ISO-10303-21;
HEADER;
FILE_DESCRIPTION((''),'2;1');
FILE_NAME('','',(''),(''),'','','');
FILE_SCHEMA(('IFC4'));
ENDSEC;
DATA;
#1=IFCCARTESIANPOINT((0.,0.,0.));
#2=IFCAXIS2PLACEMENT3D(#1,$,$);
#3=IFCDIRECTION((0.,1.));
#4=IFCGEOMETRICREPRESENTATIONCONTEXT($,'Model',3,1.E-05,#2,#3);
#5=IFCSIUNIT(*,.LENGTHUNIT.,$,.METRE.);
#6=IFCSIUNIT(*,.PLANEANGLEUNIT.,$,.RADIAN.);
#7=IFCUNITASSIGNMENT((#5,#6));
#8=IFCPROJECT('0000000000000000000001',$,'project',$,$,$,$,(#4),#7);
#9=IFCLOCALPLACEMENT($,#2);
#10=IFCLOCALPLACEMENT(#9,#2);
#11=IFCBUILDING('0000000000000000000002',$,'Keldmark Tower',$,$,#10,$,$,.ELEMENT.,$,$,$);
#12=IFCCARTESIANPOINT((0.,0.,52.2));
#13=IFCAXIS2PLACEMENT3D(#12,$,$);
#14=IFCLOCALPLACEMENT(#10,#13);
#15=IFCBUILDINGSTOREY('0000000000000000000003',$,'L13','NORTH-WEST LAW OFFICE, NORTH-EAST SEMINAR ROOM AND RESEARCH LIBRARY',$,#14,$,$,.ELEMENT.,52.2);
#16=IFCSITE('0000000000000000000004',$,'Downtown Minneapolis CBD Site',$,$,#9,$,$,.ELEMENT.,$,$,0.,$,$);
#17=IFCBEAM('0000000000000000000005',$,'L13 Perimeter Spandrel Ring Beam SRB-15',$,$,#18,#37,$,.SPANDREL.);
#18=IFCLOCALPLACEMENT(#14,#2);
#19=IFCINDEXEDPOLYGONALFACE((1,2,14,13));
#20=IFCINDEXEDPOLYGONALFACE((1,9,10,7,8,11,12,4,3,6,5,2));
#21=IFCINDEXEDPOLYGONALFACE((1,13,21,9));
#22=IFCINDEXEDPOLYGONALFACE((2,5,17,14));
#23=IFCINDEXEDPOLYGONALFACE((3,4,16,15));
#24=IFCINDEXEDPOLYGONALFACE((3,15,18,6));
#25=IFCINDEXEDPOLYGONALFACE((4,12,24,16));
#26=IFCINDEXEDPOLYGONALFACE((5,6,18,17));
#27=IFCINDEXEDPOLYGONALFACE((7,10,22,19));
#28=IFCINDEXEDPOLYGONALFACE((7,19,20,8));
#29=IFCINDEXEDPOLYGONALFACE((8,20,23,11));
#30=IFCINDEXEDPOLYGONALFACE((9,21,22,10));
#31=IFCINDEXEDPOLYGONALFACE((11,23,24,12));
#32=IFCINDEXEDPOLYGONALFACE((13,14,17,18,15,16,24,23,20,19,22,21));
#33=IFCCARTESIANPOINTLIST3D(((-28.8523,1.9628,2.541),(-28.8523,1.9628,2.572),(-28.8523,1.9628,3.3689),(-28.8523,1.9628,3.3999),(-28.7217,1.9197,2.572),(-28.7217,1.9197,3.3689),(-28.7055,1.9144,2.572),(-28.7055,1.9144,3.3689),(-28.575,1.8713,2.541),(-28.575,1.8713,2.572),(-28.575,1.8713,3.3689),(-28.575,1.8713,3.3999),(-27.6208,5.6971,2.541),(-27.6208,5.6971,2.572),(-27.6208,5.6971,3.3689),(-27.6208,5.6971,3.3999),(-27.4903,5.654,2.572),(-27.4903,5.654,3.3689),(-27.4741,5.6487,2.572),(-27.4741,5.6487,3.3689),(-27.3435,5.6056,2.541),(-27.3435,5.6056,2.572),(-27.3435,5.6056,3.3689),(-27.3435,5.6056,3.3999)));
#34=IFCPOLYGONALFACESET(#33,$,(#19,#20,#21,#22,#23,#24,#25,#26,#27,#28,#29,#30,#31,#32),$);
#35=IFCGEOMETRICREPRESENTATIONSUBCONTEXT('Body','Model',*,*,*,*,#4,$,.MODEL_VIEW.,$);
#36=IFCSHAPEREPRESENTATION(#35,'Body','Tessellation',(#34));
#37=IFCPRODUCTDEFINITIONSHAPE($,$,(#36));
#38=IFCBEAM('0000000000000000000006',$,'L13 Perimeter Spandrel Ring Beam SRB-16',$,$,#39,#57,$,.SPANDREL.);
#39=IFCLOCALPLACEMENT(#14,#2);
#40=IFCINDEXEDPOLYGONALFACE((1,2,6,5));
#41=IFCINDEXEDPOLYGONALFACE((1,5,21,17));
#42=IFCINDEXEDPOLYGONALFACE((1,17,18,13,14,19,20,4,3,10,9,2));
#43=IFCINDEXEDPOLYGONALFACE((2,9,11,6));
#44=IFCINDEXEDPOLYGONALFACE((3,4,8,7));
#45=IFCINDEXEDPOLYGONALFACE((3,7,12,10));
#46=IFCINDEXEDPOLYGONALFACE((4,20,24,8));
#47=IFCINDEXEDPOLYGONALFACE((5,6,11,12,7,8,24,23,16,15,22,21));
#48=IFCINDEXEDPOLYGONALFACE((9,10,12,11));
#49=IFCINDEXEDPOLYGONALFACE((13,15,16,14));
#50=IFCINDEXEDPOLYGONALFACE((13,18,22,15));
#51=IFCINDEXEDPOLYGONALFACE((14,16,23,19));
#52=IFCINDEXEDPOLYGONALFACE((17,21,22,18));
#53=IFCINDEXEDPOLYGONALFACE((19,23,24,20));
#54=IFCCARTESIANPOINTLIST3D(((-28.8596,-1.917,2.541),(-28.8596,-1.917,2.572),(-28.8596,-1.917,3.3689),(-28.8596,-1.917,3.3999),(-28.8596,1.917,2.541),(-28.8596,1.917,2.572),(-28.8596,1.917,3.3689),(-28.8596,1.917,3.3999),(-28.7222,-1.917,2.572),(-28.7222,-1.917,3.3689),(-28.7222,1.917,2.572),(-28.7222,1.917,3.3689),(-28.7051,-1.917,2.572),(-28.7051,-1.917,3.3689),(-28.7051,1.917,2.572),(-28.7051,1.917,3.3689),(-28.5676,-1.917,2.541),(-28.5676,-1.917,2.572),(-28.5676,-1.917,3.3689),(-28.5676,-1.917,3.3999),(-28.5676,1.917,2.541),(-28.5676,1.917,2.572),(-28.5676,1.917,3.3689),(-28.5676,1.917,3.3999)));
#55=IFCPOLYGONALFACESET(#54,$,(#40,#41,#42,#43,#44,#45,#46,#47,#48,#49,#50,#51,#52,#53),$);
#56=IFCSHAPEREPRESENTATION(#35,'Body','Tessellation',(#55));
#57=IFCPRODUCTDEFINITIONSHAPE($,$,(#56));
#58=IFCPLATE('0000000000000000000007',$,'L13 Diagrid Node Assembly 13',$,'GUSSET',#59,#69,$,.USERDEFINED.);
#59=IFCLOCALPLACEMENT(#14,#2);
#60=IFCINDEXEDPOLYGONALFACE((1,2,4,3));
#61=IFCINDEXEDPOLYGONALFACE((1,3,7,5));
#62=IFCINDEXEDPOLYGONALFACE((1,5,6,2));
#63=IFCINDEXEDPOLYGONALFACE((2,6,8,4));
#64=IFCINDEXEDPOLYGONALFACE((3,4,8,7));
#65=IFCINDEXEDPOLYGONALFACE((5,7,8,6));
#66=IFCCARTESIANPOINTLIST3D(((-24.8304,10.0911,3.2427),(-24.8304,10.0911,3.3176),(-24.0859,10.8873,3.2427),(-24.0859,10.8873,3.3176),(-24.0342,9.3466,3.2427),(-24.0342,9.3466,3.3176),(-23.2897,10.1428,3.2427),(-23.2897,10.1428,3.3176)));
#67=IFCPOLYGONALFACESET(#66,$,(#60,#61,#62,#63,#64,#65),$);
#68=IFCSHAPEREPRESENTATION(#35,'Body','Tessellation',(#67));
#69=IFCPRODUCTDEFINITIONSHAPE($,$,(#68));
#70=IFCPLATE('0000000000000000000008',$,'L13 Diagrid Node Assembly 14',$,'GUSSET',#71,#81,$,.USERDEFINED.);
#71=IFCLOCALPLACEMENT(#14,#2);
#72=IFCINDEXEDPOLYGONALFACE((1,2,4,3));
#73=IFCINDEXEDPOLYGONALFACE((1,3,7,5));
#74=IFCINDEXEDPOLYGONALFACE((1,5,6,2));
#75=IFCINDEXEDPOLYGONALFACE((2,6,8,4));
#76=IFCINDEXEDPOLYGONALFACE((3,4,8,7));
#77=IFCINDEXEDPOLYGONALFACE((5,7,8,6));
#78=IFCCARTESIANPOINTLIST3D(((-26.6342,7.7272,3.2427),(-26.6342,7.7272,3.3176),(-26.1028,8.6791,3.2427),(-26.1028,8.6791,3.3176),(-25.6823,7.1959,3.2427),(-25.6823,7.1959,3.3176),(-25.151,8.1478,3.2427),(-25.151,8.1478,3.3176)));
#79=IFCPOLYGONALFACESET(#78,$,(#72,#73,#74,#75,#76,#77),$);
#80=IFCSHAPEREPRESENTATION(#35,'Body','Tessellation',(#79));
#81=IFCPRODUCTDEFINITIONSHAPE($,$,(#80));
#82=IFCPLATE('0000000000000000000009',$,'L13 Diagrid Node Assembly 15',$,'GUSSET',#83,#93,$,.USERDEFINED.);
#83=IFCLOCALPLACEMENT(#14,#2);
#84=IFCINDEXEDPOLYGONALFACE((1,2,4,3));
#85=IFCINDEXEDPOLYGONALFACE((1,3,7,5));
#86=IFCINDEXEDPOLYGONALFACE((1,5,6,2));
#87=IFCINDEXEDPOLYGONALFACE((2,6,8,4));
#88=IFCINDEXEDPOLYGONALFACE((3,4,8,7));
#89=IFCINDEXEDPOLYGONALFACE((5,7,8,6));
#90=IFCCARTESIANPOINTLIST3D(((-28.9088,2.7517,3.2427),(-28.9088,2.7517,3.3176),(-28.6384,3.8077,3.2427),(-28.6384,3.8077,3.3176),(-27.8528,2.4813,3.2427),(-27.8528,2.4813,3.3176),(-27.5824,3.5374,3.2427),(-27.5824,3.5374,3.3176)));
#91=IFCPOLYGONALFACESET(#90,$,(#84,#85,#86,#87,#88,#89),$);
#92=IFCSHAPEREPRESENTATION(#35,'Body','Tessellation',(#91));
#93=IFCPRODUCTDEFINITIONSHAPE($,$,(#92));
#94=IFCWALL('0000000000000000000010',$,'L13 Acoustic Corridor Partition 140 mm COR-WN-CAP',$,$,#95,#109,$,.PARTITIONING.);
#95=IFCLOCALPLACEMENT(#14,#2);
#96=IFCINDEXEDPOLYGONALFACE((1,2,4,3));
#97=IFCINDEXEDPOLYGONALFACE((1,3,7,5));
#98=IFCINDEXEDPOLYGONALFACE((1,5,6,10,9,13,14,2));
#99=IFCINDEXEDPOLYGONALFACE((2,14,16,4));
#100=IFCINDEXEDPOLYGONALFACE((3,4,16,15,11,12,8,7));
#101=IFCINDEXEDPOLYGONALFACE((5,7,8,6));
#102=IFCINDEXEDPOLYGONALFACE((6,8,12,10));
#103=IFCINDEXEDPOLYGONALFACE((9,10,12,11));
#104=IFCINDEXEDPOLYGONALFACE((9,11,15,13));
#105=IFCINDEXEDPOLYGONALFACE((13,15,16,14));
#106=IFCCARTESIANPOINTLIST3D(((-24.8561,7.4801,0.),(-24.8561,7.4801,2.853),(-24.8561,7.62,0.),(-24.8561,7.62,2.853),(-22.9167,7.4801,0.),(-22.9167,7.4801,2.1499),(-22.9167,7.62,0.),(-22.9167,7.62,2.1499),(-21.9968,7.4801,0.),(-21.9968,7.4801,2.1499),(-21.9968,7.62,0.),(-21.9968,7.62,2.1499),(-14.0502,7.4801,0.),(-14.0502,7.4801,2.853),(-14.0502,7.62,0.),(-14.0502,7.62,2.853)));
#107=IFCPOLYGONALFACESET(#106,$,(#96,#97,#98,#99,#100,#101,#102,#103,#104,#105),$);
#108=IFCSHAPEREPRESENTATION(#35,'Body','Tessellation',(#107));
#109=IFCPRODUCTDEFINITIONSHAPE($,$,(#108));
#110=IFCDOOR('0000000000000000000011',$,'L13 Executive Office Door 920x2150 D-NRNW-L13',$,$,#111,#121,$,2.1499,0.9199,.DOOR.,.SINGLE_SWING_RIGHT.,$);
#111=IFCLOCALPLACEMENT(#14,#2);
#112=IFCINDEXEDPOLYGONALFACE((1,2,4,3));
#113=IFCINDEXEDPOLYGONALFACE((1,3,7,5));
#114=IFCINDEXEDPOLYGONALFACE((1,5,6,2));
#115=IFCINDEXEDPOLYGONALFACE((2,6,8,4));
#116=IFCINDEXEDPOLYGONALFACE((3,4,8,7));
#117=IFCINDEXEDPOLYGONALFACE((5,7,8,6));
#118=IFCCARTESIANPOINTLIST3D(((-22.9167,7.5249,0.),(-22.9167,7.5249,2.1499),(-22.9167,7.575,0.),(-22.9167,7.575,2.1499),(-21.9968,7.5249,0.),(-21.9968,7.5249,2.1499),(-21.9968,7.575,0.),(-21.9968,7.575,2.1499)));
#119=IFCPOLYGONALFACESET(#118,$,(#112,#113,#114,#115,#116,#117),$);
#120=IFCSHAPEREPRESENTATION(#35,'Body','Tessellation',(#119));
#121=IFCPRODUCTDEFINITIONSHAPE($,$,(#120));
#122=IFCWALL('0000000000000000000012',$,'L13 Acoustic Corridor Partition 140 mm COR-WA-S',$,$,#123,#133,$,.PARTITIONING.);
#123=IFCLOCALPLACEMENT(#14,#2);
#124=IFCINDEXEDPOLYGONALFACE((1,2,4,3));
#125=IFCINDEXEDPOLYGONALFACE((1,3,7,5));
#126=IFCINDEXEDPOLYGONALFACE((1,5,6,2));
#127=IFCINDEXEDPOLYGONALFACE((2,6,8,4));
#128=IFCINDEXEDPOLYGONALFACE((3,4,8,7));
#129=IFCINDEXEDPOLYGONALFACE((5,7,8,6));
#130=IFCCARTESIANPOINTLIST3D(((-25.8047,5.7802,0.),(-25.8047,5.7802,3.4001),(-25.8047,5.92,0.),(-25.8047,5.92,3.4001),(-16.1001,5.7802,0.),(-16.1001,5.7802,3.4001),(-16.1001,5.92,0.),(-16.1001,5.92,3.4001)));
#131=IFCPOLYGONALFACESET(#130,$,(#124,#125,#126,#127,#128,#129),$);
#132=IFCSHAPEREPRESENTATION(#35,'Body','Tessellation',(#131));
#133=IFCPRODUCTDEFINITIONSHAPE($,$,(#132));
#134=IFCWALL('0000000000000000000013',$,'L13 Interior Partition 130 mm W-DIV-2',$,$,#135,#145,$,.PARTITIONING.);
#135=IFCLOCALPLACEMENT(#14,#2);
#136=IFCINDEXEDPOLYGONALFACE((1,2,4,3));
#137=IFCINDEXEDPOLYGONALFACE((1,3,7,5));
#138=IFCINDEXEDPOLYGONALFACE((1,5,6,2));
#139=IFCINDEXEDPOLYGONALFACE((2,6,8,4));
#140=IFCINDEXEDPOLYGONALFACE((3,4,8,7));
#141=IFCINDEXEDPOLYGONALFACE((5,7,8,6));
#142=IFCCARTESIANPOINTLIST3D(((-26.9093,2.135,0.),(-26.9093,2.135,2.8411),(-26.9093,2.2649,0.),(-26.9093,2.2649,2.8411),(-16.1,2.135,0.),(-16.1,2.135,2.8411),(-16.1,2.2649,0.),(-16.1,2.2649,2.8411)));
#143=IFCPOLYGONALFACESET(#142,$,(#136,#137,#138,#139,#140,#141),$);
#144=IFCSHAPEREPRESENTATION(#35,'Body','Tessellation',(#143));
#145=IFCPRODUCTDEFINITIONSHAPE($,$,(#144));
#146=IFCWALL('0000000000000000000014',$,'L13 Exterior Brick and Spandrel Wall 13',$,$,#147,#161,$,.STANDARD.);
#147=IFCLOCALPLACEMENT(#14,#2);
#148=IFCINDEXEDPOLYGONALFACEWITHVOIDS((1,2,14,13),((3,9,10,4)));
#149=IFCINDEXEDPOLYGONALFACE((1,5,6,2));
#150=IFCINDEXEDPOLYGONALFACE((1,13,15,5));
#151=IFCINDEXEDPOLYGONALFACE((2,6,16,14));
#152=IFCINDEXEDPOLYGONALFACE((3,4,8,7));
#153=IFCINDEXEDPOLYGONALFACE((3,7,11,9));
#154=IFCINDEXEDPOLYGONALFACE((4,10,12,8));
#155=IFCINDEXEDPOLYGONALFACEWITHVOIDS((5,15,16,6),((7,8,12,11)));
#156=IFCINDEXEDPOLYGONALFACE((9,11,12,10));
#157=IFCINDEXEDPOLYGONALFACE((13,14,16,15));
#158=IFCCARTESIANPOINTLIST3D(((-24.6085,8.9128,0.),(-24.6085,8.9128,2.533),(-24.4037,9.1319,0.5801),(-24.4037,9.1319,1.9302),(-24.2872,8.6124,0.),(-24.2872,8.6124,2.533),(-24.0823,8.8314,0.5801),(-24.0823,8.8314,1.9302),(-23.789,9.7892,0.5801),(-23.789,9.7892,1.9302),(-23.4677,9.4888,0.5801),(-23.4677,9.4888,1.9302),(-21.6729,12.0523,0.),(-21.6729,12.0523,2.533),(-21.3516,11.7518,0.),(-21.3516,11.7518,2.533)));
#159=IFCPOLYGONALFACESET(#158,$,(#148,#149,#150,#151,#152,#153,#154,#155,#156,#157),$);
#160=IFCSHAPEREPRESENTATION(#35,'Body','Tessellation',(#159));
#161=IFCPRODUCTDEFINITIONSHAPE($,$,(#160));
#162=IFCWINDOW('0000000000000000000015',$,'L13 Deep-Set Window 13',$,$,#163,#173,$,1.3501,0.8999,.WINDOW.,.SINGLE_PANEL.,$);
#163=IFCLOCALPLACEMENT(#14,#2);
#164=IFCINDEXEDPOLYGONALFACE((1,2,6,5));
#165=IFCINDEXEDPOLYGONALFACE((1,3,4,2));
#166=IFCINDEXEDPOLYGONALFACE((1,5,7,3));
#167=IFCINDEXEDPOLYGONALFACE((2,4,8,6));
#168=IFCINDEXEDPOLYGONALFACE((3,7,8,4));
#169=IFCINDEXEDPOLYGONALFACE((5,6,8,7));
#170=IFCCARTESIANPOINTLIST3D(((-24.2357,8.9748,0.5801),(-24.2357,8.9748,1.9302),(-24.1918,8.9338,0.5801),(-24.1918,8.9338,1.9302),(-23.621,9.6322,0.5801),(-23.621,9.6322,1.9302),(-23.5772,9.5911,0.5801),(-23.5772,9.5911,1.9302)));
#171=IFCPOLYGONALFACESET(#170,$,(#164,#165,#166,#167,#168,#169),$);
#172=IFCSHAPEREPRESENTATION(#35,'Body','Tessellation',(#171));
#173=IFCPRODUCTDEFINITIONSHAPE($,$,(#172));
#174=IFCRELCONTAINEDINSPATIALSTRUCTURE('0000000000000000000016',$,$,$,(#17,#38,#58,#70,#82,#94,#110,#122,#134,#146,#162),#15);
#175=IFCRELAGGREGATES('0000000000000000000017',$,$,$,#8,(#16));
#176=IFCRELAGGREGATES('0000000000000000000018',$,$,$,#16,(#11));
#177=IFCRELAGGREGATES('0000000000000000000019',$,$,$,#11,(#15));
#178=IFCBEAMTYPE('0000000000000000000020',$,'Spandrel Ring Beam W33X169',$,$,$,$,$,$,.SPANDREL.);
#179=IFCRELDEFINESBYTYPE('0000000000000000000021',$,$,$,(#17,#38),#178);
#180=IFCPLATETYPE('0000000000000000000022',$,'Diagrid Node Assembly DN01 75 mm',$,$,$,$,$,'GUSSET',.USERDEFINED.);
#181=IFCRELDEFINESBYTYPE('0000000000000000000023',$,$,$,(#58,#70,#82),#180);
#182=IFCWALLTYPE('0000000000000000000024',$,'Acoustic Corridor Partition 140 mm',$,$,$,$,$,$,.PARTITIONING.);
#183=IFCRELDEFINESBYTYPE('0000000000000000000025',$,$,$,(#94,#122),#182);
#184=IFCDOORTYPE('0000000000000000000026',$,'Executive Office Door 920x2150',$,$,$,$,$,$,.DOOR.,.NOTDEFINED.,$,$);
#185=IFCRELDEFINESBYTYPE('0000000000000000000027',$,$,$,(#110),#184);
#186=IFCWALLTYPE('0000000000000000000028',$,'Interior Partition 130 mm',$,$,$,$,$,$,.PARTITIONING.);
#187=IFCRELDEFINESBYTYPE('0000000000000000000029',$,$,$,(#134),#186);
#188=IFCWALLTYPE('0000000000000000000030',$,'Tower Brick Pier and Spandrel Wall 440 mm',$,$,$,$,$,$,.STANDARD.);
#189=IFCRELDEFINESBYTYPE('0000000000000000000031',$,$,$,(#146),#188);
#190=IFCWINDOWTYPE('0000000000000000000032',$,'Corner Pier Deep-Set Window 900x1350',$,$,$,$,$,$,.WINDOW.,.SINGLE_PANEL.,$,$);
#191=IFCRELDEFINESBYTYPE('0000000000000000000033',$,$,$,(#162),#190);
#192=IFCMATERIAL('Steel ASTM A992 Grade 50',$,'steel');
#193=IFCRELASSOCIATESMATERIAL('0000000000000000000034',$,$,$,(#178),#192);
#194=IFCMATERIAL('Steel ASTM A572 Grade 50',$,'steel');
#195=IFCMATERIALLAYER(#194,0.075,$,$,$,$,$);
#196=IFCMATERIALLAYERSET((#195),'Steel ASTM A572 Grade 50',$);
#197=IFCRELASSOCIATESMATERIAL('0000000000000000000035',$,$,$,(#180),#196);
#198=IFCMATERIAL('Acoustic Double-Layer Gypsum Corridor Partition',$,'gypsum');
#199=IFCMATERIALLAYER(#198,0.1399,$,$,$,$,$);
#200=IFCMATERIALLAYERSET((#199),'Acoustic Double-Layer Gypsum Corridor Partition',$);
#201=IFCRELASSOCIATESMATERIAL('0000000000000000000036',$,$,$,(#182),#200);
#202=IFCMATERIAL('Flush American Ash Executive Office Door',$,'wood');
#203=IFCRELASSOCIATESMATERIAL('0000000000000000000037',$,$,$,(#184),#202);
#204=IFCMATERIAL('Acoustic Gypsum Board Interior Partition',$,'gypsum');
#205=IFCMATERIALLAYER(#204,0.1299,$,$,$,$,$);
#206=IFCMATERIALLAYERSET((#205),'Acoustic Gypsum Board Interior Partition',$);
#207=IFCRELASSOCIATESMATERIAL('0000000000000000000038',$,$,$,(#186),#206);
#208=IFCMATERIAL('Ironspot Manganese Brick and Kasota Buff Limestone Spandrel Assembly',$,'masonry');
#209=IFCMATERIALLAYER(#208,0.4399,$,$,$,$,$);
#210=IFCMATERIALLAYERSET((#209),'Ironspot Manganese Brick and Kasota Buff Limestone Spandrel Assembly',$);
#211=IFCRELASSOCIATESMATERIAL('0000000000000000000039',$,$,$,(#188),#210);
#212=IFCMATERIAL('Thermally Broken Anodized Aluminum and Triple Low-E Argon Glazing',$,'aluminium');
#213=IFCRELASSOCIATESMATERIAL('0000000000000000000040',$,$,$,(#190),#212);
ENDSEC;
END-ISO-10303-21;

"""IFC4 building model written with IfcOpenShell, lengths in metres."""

from ifc_helpers import new_model, si_unit, direction, frame, frame_2d, origin, origin_2d, place, context, subcontext, project, spatial, rectangle, i_section, extrude, material, layer, layer_set, material_profile, profile_set, type_object, element, fill, save


model = new_model("IFC4")

# Units and contexts
model_context = context("Model", 3, precision=1e-05, world=origin(), true_north=direction((0.0, 1.0)))
body_context = subcontext(model_context, "Body", "Model", "MODEL_VIEW")
ifc_project = project(units=[si_unit("LENGTHUNIT", "METRE"), si_unit("PLANEANGLEUNIT", "RADIAN")], contexts=[model_context])

# Site, building, storey
site_placement = place(None, origin())
site = spatial("IfcSite", under=ifc_project, at=site_placement, Name="Downtown Minneapolis CBD Site", CompositionType="ELEMENT", RefElevation=0.0)
building_placement = place(site_placement, origin())
building = spatial("IfcBuilding", under=site, at=building_placement, Name="Keldmark Tower", CompositionType="ELEMENT")
storey_placement = place(building_placement, frame((0.0, 0.0, 52.2)))
storey = spatial("IfcBuildingStorey", under=building, at=storey_placement, Name="L13", Description="NORTH-WEST LAW OFFICE, NORTH-EAST SEMINAR ROOM AND RESEARCH LIBRARY", CompositionType="ELEMENT", Elevation=52.2)

# Beams
ifc_material_1 = material(Name="Steel ASTM A992 Grade 50", Category="steel")
ifc_material_profile_1 = material_profile(ifc_material_1, i_section(OverallWidth=0.292, OverallDepth=0.8589, WebThickness=0.0171, FlangeThickness=0.031, at=origin_2d()), Name="W33X169")
ifc_profile_set_1 = profile_set([ifc_material_profile_1], Name="Steel ASTM A992 Grade 50")
beam_type_1 = type_object("IfcBeamType", Name="Spandrel Ring Beam W33X169", PredefinedType="SPANDREL", material=ifc_profile_set_1)
beam_1_placement = place(storey_placement, frame((-27.4822, 5.6514, 2.9705), z_axis=(-0.313171, -0.949697, 0.0), x_axis=(0.949697, -0.313171, 0.0)))
element("IfcBeam", 1, at=beam_1_placement, inside=storey, type_object=beam_type_1, Name="L13 Perimeter Spandrel Ring Beam SRB-15", PredefinedType="SPANDREL", context=body_context, shape_type="SweptSolid", body=[
    extrude(i_section(OverallWidth=0.292, OverallDepth=0.8589, WebThickness=0.0171, FlangeThickness=0.031, at=origin_2d()), origin(), (0.0, 0.0, 1.0), 3.9321),
])
beam_2_placement = place(storey_placement, frame((-28.7136, 1.917, 2.9705), z_axis=(0.0, -1.0, 0.0), x_axis=(1.0, 0.0, 0.0)))
element("IfcBeam", 2, at=beam_2_placement, inside=storey, type_object=beam_type_1, Name="L13 Perimeter Spandrel Ring Beam SRB-16", PredefinedType="SPANDREL", context=body_context, shape_type="SweptSolid", body=[
    extrude(i_section(OverallWidth=0.292, OverallDepth=0.8589, WebThickness=0.0171, FlangeThickness=0.031, at=origin_2d()), origin(), (0.0, 0.0, 1.0), 3.834),
])

# Plates
ifc_material_2 = material(Name="Steel ASTM A572 Grade 50", Category="steel")
ifc_layer_1 = layer(ifc_material_2, 0.075)
ifc_layer_set_1 = layer_set([ifc_layer_1], Name="Steel ASTM A572 Grade 50")
plate_type = type_object("IfcPlateType", Name="Diagrid Node Assembly DN01 75 mm", ElementType="GUSSET", PredefinedType="USERDEFINED", material=ifc_layer_set_1)
for number, where, z_axis, x_axis, name in (
    (3, (-24.0601, 10.1169, 3.2427), (0.0, 0.0, 1.0), (-0.683019, -0.730401, 0.0), "L13 Diagrid Node Assembly 13"),
    (4, (-25.8926, 7.9375, 3.2427), (0.0, 0.0, 1.0), (-0.487403, -0.873177, 0.0), "L13 Diagrid Node Assembly 14"),
    (5, (-28.2456, 3.1445, 3.2427), (0.0, 0.0, 1.0), (-0.248014, -0.968757, 0.0), "L13 Diagrid Node Assembly 15"),
):
    element("IfcPlate", number, at=place(storey_placement, frame(where, z_axis=z_axis, x_axis=x_axis)), inside=storey, type_object=plate_type, Name=name, ObjectType="GUSSET", PredefinedType="USERDEFINED", context=body_context, shape_type="SweptSolid", body=[
        extrude(rectangle(XDim=1.0901, YDim=1.0901, at=origin_2d()), origin(), (0.0, 0.0, 1.0), 0.075),
    ])

# Wall, opening, door
ifc_material_3 = material(Name="Acoustic Double-Layer Gypsum Corridor Partition", Category="gypsum")
ifc_layer_2 = layer(ifc_material_3, 0.1399)
ifc_layer_set_2 = layer_set([ifc_layer_2], Name="Acoustic Double-Layer Gypsum Corridor Partition")
wall_type_1 = type_object("IfcWallType", Name="Acoustic Corridor Partition 140 mm", PredefinedType="PARTITIONING", material=ifc_layer_set_2)
wall_1_placement = place(storey_placement, frame((-24.856, 7.55, 0.0), z_axis=(0.0, 0.0, 1.0), x_axis=(1.0, 0.0, 0.0)))
wall_1 = element("IfcWall", 6, at=wall_1_placement, inside=storey, type_object=wall_type_1, Name="L13 Acoustic Corridor Partition 140 mm COR-WN-CAP", PredefinedType="PARTITIONING", context=body_context, shape_type="SweptSolid", body=[
    extrude(rectangle(XDim=10.8059, YDim=0.1399, at=frame_2d((5.4028, 0.0))), origin(), (0.0, 0.0, 1.0), 2.853),
])
opening_1_placement = place(wall_1_placement, frame((1.9392, 0.0, 0.0)))
opening_1 = element("IfcOpeningElement", 7, at=opening_1_placement, cuts=wall_1, PredefinedType="OPENING", context=body_context, shape_type="SweptSolid", body=[
    extrude(rectangle(XDim=0.9199, YDim=2.1499, at=frame_2d((0.46, 1.075))), frame((0.0, 0.0798, 0.0), z_axis=(0.0, -1.0, 0.0), x_axis=(1.0, 0.0, 0.0)), (0.0, 0.0, 1.0), 0.1599),
])
ifc_material_4 = material(Name="Flush American Ash Executive Office Door", Category="wood")
door_type = type_object("IfcDoorType", Name="Executive Office Door 920x2150", OperationType="NOTDEFINED", PredefinedType="DOOR", material=ifc_material_4)
door_placement = place(opening_1_placement, origin())
door = element("IfcDoor", 8, at=door_placement, inside=storey, type_object=door_type, Name="L13 Executive Office Door 920x2150 D-NRNW-L13", OperationType="SINGLE_SWING_RIGHT", OverallHeight=2.1499, OverallWidth=0.9199, PredefinedType="DOOR", context=body_context, shape_type="SweptSolid", body=[
    extrude(rectangle(XDim=0.9199, YDim=2.1499, at=frame_2d((0.46, 1.075))), frame((0.0, 0.0249, 0.0), z_axis=(0.0, -1.0, 0.0), x_axis=(1.0, 0.0, 0.0)), (0.0, 0.0, 1.0), 0.05),
])
fill(opening_1, door)

# Walls
wall_2_placement = place(storey_placement, frame((-25.8047, 5.8501, 0.0), z_axis=(0.0, 0.0, 1.0), x_axis=(1.0, 0.0, 0.0)))
element("IfcWall", 9, at=wall_2_placement, inside=storey, type_object=wall_type_1, Name="L13 Acoustic Corridor Partition 140 mm COR-WA-S", PredefinedType="PARTITIONING", context=body_context, shape_type="SweptSolid", body=[
    extrude(rectangle(XDim=9.7046, YDim=0.1399, at=frame_2d((4.8523, 0.0))), origin(), (0.0, 0.0, 1.0), 3.4001),
])
ifc_material_5 = material(Name="Acoustic Gypsum Board Interior Partition", Category="gypsum")
ifc_layer_3 = layer(ifc_material_5, 0.1299)
ifc_layer_set_3 = layer_set([ifc_layer_3], Name="Acoustic Gypsum Board Interior Partition")
wall_type_2 = type_object("IfcWallType", Name="Interior Partition 130 mm", PredefinedType="PARTITIONING", material=ifc_layer_set_3)
wall_3_placement = place(storey_placement, frame((-26.9094, 2.2, 0.0), z_axis=(0.0, 0.0, 1.0), x_axis=(1.0, 0.0, 0.0)))
element("IfcWall", 10, at=wall_3_placement, inside=storey, type_object=wall_type_2, Name="L13 Interior Partition 130 mm W-DIV-2", PredefinedType="PARTITIONING", context=body_context, shape_type="SweptSolid", body=[
    extrude(rectangle(XDim=10.8093, YDim=0.1299, at=frame_2d((5.4048, 0.0))), origin(), (0.0, 0.0, 1.0), 2.8411),
])

# Wall, opening, window
ifc_material_6 = material(Name="Ironspot Manganese Brick and Kasota Buff Limestone Spandrel Assembly", Category="masonry")
ifc_layer_4 = layer(ifc_material_6, 0.4399)
ifc_layer_set_4 = layer_set([ifc_layer_4], Name="Ironspot Manganese Brick and Kasota Buff Limestone Spandrel Assembly")
wall_type_3 = type_object("IfcWallType", Name="Tower Brick Pier and Spandrel Wall 440 mm", PredefinedType="STANDARD", material=ifc_layer_set_4)
wall_4_placement = place(storey_placement, frame((-24.4478, 8.7627, 0.0), z_axis=(0.0, 0.0, 1.0), x_axis=(0.682994, 0.730424, 0.0)))
wall_4 = element("IfcWall", 11, at=wall_4_placement, inside=storey, type_object=wall_type_3, Name="L13 Exterior Brick and Spandrel Wall 13", PredefinedType="STANDARD", context=body_context, shape_type="SweptSolid", body=[
    extrude(rectangle(XDim=4.2981, YDim=0.4399, at=frame_2d((2.1489, 0.0))), origin(), (0.0, 0.0, 1.0), 2.533),
])
opening_2_placement = place(wall_4_placement, frame((0.2998, 0.0, 0.5801)))
opening_2 = element("IfcOpeningElement", 12, at=opening_2_placement, cuts=wall_4, PredefinedType="OPENING", context=body_context, shape_type="SweptSolid", body=[
    extrude(rectangle(XDim=0.8999, YDim=1.3501, at=frame_2d((0.45, 0.675))), frame((0.0, 0.23, 0.0), z_axis=(0.0, -1.0, 0.0), x_axis=(1.0, 0.0, 0.0)), (0.0, 0.0, 1.0), 0.46),
])
ifc_material_7 = material(Name="Thermally Broken Anodized Aluminum and Triple Low-E Argon Glazing", Category="aluminium")
window_type = type_object("IfcWindowType", Name="Corner Pier Deep-Set Window 900x1350", PartitioningType="SINGLE_PANEL", PredefinedType="WINDOW", material=ifc_material_7)
window_1_placement = place(opening_2_placement, origin())
window_1 = element("IfcWindow", 13, at=window_1_placement, inside=storey, type_object=window_type, Name="L13 Deep-Set Window 13", OverallHeight=1.3501, OverallWidth=0.8999, PartitioningType="SINGLE_PANEL", PredefinedType="WINDOW", context=body_context, shape_type="SweptSolid", body=[
    extrude(rectangle(XDim=0.8999, YDim=1.3501, at=frame_2d((0.45, 0.675))), frame((0.0, -0.01, 0.0), z_axis=(0.0, -1.0, 0.0), x_axis=(1.0, 0.0, 0.0)), (0.0, 0.0, 1.0), 0.0601),
])
fill(opening_2, window_1)

save(model, "model.ifc")
